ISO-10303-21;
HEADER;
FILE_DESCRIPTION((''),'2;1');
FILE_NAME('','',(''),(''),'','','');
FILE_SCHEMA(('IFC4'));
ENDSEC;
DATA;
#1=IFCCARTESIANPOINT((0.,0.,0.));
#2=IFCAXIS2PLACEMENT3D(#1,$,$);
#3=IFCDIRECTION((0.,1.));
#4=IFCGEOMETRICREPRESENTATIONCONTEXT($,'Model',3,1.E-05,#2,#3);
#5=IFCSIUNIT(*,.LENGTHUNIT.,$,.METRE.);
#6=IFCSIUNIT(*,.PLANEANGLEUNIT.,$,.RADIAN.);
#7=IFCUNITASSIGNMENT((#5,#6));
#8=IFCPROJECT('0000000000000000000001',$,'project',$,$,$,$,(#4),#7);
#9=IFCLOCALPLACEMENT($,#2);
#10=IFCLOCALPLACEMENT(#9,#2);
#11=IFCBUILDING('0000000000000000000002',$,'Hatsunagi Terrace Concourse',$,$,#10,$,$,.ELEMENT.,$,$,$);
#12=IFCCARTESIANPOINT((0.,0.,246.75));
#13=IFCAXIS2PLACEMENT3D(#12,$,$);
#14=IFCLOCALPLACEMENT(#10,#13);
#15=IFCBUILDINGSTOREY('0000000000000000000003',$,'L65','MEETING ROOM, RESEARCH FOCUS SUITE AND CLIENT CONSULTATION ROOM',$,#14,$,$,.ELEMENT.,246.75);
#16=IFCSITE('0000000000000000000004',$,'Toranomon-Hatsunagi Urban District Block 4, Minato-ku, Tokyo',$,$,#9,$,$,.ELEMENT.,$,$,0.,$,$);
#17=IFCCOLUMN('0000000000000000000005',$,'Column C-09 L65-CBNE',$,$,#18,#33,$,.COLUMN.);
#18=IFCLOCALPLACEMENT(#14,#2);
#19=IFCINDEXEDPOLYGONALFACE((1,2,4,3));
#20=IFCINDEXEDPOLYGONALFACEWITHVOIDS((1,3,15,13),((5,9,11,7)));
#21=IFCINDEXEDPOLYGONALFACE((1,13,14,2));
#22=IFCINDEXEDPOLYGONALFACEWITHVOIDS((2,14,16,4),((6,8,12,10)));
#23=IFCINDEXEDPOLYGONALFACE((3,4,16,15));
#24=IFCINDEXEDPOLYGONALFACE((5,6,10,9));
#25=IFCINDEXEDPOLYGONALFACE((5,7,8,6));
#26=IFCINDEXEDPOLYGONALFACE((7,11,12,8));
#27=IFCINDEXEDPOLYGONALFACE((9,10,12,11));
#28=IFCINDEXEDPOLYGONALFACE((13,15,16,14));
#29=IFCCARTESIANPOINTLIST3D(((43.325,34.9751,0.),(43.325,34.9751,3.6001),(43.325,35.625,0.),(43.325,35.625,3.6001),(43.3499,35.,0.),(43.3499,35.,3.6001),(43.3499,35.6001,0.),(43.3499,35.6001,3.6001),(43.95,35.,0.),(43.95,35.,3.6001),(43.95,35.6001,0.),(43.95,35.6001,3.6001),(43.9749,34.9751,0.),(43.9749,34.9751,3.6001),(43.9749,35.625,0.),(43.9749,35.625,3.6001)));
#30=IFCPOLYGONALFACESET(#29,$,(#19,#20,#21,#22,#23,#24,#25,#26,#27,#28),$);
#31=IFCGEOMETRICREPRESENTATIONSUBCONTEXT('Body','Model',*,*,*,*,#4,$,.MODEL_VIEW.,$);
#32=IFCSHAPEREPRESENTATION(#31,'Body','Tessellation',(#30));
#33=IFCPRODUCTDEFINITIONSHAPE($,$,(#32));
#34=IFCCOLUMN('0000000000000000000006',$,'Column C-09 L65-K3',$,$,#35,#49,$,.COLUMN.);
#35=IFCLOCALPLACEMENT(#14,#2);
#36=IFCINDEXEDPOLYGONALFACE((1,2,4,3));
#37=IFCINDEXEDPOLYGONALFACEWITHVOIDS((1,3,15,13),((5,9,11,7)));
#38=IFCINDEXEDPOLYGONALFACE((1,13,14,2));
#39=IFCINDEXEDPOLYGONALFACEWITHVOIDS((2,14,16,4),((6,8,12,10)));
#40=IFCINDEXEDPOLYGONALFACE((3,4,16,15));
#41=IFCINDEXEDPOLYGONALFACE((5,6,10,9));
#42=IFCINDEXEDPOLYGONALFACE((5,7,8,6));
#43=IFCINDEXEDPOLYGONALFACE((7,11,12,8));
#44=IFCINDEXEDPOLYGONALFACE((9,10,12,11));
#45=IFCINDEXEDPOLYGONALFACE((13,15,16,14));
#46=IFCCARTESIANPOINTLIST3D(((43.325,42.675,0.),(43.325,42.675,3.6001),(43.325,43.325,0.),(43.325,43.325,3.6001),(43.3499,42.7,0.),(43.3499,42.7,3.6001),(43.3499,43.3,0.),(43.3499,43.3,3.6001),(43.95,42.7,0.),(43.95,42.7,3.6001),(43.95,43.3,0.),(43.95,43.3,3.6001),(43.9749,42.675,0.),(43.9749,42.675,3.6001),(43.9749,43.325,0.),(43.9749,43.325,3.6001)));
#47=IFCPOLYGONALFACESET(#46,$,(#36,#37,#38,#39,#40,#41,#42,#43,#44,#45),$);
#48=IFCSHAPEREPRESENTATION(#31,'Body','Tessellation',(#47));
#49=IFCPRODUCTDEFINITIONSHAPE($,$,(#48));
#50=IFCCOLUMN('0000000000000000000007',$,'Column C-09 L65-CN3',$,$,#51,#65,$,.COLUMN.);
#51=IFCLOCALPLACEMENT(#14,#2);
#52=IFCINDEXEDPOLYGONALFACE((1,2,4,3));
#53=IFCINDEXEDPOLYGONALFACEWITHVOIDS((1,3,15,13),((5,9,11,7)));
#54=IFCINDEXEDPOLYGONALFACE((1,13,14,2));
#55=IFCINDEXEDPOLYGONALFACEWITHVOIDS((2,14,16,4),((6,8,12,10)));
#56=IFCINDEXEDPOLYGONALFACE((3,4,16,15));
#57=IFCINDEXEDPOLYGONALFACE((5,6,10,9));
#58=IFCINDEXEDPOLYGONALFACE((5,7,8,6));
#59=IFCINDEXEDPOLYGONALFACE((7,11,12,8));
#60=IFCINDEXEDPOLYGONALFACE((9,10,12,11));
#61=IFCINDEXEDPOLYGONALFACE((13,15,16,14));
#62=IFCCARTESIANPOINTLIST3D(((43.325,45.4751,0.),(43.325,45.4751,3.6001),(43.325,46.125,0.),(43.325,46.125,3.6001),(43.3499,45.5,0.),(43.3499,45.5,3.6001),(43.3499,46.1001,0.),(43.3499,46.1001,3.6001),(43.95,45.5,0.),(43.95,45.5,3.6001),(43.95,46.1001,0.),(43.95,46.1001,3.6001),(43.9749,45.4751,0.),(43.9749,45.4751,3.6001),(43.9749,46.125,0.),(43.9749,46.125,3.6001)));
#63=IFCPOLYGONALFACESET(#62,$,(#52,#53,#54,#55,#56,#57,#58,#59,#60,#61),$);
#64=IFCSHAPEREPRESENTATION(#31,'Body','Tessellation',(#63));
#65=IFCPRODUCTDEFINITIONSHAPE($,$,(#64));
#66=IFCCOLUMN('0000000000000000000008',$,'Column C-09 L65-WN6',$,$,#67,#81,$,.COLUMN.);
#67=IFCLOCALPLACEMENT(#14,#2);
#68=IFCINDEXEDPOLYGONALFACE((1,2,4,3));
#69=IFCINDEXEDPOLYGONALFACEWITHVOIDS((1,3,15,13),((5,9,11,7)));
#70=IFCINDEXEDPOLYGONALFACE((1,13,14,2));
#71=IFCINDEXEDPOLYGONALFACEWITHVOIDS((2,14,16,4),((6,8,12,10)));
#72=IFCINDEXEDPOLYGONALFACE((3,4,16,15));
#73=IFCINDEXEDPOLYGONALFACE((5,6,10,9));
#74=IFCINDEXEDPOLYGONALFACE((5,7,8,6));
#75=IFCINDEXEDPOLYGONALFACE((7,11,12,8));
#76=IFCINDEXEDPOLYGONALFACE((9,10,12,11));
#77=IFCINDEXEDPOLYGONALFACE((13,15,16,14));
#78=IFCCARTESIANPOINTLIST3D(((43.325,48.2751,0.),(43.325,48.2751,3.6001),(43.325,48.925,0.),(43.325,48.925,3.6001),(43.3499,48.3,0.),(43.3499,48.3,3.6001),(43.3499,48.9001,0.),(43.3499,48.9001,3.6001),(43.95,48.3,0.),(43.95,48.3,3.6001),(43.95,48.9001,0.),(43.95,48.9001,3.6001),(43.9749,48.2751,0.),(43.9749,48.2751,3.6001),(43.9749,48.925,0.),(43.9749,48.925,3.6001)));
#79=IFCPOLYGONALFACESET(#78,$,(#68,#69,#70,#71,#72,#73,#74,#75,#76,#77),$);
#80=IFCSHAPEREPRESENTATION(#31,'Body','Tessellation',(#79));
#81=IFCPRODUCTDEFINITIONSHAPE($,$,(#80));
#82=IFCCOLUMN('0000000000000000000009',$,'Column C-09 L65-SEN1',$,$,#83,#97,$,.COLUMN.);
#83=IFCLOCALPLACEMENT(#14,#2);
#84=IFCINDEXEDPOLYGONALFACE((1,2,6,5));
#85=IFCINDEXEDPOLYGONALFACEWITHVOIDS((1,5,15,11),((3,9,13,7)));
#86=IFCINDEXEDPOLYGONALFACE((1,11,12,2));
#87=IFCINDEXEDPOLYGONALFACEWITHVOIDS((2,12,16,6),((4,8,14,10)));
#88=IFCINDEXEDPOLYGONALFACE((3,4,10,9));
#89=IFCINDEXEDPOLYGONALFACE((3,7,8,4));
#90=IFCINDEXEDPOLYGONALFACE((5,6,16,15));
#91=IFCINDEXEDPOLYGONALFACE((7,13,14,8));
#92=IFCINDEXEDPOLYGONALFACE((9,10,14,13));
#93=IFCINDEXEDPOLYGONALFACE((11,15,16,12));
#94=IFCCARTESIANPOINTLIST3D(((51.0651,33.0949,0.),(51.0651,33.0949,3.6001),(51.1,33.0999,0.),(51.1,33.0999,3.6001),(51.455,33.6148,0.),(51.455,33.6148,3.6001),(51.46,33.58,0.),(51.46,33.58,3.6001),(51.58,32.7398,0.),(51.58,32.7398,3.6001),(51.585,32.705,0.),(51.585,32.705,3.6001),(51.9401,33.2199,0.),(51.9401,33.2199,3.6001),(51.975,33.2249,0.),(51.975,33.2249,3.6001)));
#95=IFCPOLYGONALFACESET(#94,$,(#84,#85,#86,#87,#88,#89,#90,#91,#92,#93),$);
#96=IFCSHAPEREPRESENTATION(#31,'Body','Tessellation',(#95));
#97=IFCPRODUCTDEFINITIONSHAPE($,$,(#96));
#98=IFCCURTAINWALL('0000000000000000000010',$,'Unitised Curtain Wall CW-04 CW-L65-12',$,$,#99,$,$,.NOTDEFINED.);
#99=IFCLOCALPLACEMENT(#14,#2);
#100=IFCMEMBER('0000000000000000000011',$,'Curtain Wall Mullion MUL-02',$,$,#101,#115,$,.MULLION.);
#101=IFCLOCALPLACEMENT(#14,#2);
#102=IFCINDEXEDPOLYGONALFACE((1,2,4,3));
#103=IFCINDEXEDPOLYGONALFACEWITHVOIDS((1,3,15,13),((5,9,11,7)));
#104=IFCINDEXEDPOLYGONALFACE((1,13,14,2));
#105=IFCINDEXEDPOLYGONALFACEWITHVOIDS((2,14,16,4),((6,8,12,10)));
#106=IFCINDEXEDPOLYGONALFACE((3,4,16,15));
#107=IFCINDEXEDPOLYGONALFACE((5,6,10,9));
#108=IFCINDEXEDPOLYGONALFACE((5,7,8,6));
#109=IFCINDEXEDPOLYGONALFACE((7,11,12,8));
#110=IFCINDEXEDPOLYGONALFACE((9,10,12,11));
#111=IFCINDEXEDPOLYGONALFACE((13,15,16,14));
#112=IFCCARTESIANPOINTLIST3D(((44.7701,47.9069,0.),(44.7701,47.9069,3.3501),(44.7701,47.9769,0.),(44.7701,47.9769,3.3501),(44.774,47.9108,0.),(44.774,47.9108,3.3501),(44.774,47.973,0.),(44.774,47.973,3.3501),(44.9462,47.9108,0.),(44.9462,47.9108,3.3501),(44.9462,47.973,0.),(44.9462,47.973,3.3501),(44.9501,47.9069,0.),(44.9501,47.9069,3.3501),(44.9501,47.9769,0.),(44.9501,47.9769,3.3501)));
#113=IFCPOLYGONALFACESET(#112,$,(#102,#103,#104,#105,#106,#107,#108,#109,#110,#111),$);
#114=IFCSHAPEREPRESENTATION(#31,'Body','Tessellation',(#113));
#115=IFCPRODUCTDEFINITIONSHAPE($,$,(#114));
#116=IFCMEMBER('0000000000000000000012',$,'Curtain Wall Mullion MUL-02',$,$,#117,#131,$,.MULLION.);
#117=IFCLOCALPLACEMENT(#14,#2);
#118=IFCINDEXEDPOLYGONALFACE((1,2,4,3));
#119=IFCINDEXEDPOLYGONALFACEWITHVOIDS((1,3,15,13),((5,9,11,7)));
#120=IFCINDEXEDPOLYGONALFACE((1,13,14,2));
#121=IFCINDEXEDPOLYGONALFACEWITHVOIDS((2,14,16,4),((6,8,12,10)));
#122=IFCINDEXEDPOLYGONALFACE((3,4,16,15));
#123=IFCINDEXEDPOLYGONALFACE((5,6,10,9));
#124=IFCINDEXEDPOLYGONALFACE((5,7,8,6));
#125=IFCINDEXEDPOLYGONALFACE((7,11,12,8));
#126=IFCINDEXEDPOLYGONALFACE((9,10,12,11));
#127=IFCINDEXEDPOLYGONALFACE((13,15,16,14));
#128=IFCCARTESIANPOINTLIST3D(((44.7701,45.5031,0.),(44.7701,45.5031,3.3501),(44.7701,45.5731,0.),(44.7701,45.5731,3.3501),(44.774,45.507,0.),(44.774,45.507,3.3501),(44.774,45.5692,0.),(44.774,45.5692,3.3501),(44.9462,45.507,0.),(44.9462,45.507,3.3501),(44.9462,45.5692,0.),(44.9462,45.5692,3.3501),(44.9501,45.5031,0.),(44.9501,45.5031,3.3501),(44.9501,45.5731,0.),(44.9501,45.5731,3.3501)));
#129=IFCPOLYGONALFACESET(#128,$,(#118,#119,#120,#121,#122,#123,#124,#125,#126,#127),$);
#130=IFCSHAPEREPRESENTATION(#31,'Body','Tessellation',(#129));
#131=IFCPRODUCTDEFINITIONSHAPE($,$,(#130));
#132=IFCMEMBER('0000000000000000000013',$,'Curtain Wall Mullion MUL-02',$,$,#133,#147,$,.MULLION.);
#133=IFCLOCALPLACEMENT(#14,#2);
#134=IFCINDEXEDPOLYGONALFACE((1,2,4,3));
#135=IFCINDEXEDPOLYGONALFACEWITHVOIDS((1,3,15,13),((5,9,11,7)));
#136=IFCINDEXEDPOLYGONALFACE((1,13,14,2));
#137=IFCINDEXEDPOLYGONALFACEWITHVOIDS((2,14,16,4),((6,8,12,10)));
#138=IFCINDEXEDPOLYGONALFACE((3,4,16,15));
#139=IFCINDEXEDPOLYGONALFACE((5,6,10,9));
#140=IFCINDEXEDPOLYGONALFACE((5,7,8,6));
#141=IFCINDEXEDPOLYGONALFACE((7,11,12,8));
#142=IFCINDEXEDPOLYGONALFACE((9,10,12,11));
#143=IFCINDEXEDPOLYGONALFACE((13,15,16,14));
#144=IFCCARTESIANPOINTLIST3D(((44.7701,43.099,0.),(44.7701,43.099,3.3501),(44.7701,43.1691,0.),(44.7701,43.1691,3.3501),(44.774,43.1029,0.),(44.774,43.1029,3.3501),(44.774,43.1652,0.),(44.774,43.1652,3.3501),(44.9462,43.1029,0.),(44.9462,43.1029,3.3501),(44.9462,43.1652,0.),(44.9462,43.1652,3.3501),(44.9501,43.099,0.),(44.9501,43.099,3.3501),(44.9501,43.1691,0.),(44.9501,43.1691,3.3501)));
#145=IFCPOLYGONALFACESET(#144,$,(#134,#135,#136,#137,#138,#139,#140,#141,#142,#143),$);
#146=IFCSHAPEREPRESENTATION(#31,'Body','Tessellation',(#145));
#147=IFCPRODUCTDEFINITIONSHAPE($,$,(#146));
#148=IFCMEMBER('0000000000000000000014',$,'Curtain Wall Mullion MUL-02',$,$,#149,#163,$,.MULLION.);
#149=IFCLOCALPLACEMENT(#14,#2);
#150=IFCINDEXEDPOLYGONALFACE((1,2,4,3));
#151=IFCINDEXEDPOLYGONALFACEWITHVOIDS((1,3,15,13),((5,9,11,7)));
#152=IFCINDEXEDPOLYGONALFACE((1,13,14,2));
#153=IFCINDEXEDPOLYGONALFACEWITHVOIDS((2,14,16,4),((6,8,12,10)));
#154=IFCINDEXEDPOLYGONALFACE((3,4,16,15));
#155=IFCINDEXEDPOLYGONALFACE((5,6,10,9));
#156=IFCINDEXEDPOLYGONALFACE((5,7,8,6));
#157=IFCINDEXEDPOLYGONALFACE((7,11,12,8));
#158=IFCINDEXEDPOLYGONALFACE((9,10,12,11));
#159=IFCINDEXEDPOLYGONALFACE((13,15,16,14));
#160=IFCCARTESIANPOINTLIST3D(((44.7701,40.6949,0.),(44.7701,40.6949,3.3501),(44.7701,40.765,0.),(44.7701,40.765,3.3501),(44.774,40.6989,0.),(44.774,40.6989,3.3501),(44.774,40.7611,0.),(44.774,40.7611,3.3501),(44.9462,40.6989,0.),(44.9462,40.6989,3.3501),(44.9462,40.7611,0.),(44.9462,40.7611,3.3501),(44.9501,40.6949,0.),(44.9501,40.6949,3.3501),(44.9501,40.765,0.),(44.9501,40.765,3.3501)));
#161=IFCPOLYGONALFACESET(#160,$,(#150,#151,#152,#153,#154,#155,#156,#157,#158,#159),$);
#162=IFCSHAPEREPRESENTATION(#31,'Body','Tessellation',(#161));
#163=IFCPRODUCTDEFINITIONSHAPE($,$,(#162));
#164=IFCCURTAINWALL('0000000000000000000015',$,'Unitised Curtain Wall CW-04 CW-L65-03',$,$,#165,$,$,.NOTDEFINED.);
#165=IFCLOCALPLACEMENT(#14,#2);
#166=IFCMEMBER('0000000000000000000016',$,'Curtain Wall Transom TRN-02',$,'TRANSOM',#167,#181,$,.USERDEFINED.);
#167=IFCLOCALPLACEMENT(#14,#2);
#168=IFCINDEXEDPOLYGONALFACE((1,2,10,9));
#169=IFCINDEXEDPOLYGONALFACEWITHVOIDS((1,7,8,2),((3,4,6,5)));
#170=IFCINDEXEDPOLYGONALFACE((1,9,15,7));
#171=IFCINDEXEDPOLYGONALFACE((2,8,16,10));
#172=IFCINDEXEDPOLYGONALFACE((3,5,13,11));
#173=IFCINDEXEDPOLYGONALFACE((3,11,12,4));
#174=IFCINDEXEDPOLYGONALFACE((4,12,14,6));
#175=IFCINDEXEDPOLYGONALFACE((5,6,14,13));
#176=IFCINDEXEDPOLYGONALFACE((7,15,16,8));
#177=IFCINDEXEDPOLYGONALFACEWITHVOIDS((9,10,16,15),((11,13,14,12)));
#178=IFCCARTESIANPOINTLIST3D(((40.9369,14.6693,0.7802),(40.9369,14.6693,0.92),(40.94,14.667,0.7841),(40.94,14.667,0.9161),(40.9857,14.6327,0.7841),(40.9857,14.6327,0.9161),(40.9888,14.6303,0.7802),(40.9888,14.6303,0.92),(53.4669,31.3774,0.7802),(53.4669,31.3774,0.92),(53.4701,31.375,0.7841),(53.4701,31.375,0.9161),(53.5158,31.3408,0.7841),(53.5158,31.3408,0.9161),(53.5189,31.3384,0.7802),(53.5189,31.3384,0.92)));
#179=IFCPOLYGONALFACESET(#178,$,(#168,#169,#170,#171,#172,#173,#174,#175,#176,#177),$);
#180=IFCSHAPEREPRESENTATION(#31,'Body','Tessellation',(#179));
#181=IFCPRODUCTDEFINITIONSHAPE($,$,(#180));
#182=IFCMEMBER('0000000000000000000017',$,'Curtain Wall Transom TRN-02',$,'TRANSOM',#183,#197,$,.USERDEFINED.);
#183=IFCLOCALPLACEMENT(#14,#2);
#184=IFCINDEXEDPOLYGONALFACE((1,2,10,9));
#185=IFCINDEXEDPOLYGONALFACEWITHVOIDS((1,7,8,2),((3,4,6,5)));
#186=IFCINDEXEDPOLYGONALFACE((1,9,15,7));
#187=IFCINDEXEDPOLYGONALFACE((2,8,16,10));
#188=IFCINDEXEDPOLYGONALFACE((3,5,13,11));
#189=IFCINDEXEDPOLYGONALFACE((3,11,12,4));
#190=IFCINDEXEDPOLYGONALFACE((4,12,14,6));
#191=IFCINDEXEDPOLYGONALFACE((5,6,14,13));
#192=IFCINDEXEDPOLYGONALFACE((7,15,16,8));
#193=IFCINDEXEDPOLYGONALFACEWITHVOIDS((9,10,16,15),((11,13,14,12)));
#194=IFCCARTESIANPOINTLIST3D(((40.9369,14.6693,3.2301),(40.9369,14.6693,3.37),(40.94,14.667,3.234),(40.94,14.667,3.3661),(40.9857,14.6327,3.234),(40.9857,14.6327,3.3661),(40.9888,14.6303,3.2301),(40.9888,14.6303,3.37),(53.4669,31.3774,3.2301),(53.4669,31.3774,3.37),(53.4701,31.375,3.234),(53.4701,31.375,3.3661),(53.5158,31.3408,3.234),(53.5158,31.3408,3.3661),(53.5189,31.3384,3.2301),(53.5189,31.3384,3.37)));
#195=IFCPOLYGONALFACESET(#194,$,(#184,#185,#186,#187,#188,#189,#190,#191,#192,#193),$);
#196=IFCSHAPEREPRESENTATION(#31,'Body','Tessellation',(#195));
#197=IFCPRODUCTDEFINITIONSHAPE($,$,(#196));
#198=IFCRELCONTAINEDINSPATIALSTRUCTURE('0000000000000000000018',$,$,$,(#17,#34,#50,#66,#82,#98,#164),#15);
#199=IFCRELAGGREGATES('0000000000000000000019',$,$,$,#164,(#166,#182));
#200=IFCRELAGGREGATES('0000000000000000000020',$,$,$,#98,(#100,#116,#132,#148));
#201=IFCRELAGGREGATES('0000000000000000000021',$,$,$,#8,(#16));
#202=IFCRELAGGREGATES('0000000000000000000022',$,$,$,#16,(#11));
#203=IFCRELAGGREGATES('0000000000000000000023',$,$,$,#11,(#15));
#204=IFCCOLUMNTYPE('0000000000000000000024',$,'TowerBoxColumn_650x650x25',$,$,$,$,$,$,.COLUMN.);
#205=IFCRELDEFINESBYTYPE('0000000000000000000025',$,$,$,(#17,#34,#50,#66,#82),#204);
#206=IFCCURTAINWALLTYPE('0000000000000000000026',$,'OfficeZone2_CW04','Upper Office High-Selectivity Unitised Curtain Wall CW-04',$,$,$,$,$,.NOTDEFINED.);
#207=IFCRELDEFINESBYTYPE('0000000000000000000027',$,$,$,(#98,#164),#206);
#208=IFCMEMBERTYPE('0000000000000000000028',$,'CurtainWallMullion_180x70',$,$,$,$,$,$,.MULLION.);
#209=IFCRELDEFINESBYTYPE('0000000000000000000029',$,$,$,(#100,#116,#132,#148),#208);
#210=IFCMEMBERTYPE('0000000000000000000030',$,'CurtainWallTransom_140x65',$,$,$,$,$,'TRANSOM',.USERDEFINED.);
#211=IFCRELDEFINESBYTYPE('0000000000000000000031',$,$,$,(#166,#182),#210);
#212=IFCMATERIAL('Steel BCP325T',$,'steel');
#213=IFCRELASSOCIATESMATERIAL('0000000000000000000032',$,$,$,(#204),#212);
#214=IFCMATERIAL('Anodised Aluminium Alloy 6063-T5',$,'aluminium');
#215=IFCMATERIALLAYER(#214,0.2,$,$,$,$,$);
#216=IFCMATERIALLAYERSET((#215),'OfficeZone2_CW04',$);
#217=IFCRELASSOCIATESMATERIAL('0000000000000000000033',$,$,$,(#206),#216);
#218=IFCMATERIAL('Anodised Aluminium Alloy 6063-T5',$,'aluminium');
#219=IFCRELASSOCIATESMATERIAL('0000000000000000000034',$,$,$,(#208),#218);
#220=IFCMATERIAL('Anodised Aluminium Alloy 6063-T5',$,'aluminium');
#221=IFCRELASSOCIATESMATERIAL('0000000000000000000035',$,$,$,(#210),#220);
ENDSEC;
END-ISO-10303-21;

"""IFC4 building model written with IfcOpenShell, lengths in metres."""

from ifc_helpers import new_model, si_unit, direction, frame, origin, origin_2d, place, context, subcontext, project, spatial, hollow_rectangle, extrude, material, layer, layer_set, material_profile, profile_set, type_object, element, aggregate, save


model = new_model("IFC4")

# Units and contexts
model_context = context("Model", 3, precision=1e-05, world=origin(), true_north=direction((0.0, 1.0)))
body_context = subcontext(model_context, "Body", "Model", "MODEL_VIEW")
ifc_project = project(units=[si_unit("LENGTHUNIT", "METRE"), si_unit("PLANEANGLEUNIT", "RADIAN")], contexts=[model_context])

# Site, building, storey
site_placement = place(None, origin())
site = spatial("IfcSite", under=ifc_project, at=site_placement, Name="Toranomon-Hatsunagi Urban District Block 4, Minato-ku, Tokyo", CompositionType="ELEMENT", RefElevation=0.0)
building_placement = place(site_placement, origin())
building = spatial("IfcBuilding", under=site, at=building_placement, Name="Hatsunagi Terrace Concourse", CompositionType="ELEMENT")
storey_placement = place(building_placement, frame((0.0, 0.0, 246.75)))
storey = spatial("IfcBuildingStorey", under=building, at=storey_placement, Name="L65", Description="MEETING ROOM, RESEARCH FOCUS SUITE AND CLIENT CONSULTATION ROOM", CompositionType="ELEMENT", Elevation=246.75)

# Columns
ifc_material_1 = material(Name="Steel BCP325T", Category="steel")
ifc_material_profile_1 = material_profile(ifc_material_1, hollow_rectangle(XDim=0.6499, YDim=0.6499, WallThickness=0.0249, at=origin_2d()), Name="BCP-650x650x25")
ifc_profile_set_1 = profile_set([ifc_material_profile_1], Name="Steel BCP325T")
column_type = type_object("IfcColumnType", Name="TowerBoxColumn_650x650x25", PredefinedType="COLUMN", material=ifc_profile_set_1)
for number, where, z_axis, x_axis, name in (
    (1, (43.6499, 35.3, 0.0), (0.0, 0.0, 1.0), (1.0, 0.0, 0.0), "Column C-09 L65-CBNE"),
    (2, (43.6499, 43.0, 0.0), (0.0, 0.0, 1.0), (1.0, 0.0, 0.0), "Column C-09 L65-K3"),
    (3, (43.6499, 45.8, 0.0), (0.0, 0.0, 1.0), (1.0, 0.0, 0.0), "Column C-09 L65-CN3"),
    (4, (43.6499, 48.6001, 0.0), (0.0, 0.0, 1.0), (1.0, 0.0, 0.0), "Column C-09 L65-WN6"),
    (5, (51.52, 33.1599, 0.0), (0.0, 0.0, 1.0), (0.8, -0.6, 0.0), "Column C-09 L65-SEN1"),
):
    element("IfcColumn", number, at=place(storey_placement, frame(where, z_axis=z_axis, x_axis=x_axis)), inside=storey, type_object=column_type, Name=name, PredefinedType="COLUMN", context=body_context, shape_type="SweptSolid", body=[
        extrude(hollow_rectangle(XDim=0.6499, YDim=0.6499, WallThickness=0.0249, at=origin_2d()), origin(), (0.0, 0.0, 1.0), 3.6001),
    ])

# Curtain walls, members
ifc_material_2 = material(Name="Anodised Aluminium Alloy 6063-T5", Category="aluminium")
ifc_layer_1 = layer(ifc_material_2, 0.2)
ifc_layer_set_1 = layer_set([ifc_layer_1], Name="OfficeZone2_CW04")
curtain_wall_type = type_object("IfcCurtainWallType", Name="OfficeZone2_CW04", Description="Upper Office High-Selectivity Unitised Curtain Wall CW-04", PredefinedType="NOTDEFINED", material=ifc_layer_set_1)
curtain_wall_1_placement = place(storey_placement, origin())
curtain_wall_1 = element("IfcCurtainWall", 6, at=curtain_wall_1_placement, inside=storey, type_object=curtain_wall_type, Name="Unitised Curtain Wall CW-04 CW-L65-12", PredefinedType="NOTDEFINED")
ifc_material_3 = material(Name="Anodised Aluminium Alloy 6063-T5", Category="aluminium")
ifc_material_profile_2 = material_profile(ifc_material_3, hollow_rectangle(XDim=0.0701, YDim=0.1799, WallThickness=0.0039, at=origin_2d()), Name="ALU-MUL-180x70x4")
ifc_profile_set_2 = profile_set([ifc_material_profile_2], Name="Anodised Aluminium Alloy 6063-T5")
member_type_1 = type_object("IfcMemberType", Name="CurtainWallMullion_180x70", PredefinedType="MULLION", material=ifc_profile_set_2)
member_1_placement = place(storey_placement, frame((44.8601, 47.9419, 0.0), z_axis=(0.0, 0.0, 1.0), x_axis=(0.0, -1.0, 0.0)))
member_1 = element("IfcMember", 7, at=member_1_placement, type_object=member_type_1, Name="Curtain Wall Mullion MUL-02", PredefinedType="MULLION", context=body_context, shape_type="SweptSolid", body=[
    extrude(hollow_rectangle(XDim=0.0701, YDim=0.1799, WallThickness=0.0039, at=origin_2d()), origin(), (0.0, 0.0, 1.0), 3.3501),
])
member_2_placement = place(storey_placement, frame((44.8601, 45.5381, 0.0), z_axis=(0.0, 0.0, 1.0), x_axis=(0.0, -1.0, 0.0)))
member_2 = element("IfcMember", 8, at=member_2_placement, type_object=member_type_1, Name="Curtain Wall Mullion MUL-02", PredefinedType="MULLION", context=body_context, shape_type="SweptSolid", body=[
    extrude(hollow_rectangle(XDim=0.0701, YDim=0.1799, WallThickness=0.0039, at=origin_2d()), origin(), (0.0, 0.0, 1.0), 3.3501),
])
member_3_placement = place(storey_placement, frame((44.8601, 43.134, 0.0), z_axis=(0.0, 0.0, 1.0), x_axis=(0.0, -1.0, 0.0)))
member_3 = element("IfcMember", 9, at=member_3_placement, type_object=member_type_1, Name="Curtain Wall Mullion MUL-02", PredefinedType="MULLION", context=body_context, shape_type="SweptSolid", body=[
    extrude(hollow_rectangle(XDim=0.0701, YDim=0.1799, WallThickness=0.0039, at=origin_2d()), origin(), (0.0, 0.0, 1.0), 3.3501),
])
member_4_placement = place(storey_placement, frame((44.8601, 40.73, 0.0), z_axis=(0.0, 0.0, 1.0), x_axis=(0.0, -1.0, 0.0)))
member_4 = element("IfcMember", 10, at=member_4_placement, type_object=member_type_1, Name="Curtain Wall Mullion MUL-02", PredefinedType="MULLION", context=body_context, shape_type="SweptSolid", body=[
    extrude(hollow_rectangle(XDim=0.0701, YDim=0.1799, WallThickness=0.0039, at=origin_2d()), origin(), (0.0, 0.0, 1.0), 3.3501),
])
curtain_wall_2_placement = place(storey_placement, origin())
curtain_wall_2 = element("IfcCurtainWall", 11, at=curtain_wall_2_placement, inside=storey, type_object=curtain_wall_type, Name="Unitised Curtain Wall CW-04 CW-L65-03", PredefinedType="NOTDEFINED")
ifc_material_4 = material(Name="Anodised Aluminium Alloy 6063-T5", Category="aluminium")
ifc_material_profile_3 = material_profile(ifc_material_4, hollow_rectangle(XDim=0.0649, YDim=0.1399, WallThickness=0.0039, at=origin_2d()), Name="ALU-TRN-140x65x4")
ifc_profile_set_3 = profile_set([ifc_material_profile_3], Name="Anodised Aluminium Alloy 6063-T5")
member_type_2 = type_object("IfcMemberType", Name="CurtainWallTransom_140x65", ElementType="TRANSOM", PredefinedType="USERDEFINED", material=ifc_profile_set_3)
member_5_placement = place(storey_placement, frame((53.4929, 31.3579, 0.8501), z_axis=(-0.59997, -0.800022, 0.0), x_axis=(0.800022, -0.59997, 0.0)))
member_5 = element("IfcMember", 12, at=member_5_placement, type_object=member_type_2, Name="Curtain Wall Transom TRN-02", ObjectType="TRANSOM", PredefinedType="USERDEFINED", context=body_context, shape_type="SweptSolid", body=[
    extrude(hollow_rectangle(XDim=0.0649, YDim=0.1399, WallThickness=0.0039, at=origin_2d()), origin(), (0.0, 0.0, 1.0), 20.8845),
])
member_6_placement = place(storey_placement, frame((53.4929, 31.3579, 3.3), z_axis=(-0.59997, -0.800022, 0.0), x_axis=(0.800022, -0.59997, 0.0)))
member_6 = element("IfcMember", 13, at=member_6_placement, type_object=member_type_2, Name="Curtain Wall Transom TRN-02", ObjectType="TRANSOM", PredefinedType="USERDEFINED", context=body_context, shape_type="SweptSolid", body=[
    extrude(hollow_rectangle(XDim=0.0649, YDim=0.1399, WallThickness=0.0039, at=origin_2d()), origin(), (0.0, 0.0, 1.0), 20.8845),
])
aggregate(curtain_wall_2, [member_5, member_6])

aggregate(curtain_wall_1, [member_1, member_2, member_3, member_4])

save(model, "model.ifc")
